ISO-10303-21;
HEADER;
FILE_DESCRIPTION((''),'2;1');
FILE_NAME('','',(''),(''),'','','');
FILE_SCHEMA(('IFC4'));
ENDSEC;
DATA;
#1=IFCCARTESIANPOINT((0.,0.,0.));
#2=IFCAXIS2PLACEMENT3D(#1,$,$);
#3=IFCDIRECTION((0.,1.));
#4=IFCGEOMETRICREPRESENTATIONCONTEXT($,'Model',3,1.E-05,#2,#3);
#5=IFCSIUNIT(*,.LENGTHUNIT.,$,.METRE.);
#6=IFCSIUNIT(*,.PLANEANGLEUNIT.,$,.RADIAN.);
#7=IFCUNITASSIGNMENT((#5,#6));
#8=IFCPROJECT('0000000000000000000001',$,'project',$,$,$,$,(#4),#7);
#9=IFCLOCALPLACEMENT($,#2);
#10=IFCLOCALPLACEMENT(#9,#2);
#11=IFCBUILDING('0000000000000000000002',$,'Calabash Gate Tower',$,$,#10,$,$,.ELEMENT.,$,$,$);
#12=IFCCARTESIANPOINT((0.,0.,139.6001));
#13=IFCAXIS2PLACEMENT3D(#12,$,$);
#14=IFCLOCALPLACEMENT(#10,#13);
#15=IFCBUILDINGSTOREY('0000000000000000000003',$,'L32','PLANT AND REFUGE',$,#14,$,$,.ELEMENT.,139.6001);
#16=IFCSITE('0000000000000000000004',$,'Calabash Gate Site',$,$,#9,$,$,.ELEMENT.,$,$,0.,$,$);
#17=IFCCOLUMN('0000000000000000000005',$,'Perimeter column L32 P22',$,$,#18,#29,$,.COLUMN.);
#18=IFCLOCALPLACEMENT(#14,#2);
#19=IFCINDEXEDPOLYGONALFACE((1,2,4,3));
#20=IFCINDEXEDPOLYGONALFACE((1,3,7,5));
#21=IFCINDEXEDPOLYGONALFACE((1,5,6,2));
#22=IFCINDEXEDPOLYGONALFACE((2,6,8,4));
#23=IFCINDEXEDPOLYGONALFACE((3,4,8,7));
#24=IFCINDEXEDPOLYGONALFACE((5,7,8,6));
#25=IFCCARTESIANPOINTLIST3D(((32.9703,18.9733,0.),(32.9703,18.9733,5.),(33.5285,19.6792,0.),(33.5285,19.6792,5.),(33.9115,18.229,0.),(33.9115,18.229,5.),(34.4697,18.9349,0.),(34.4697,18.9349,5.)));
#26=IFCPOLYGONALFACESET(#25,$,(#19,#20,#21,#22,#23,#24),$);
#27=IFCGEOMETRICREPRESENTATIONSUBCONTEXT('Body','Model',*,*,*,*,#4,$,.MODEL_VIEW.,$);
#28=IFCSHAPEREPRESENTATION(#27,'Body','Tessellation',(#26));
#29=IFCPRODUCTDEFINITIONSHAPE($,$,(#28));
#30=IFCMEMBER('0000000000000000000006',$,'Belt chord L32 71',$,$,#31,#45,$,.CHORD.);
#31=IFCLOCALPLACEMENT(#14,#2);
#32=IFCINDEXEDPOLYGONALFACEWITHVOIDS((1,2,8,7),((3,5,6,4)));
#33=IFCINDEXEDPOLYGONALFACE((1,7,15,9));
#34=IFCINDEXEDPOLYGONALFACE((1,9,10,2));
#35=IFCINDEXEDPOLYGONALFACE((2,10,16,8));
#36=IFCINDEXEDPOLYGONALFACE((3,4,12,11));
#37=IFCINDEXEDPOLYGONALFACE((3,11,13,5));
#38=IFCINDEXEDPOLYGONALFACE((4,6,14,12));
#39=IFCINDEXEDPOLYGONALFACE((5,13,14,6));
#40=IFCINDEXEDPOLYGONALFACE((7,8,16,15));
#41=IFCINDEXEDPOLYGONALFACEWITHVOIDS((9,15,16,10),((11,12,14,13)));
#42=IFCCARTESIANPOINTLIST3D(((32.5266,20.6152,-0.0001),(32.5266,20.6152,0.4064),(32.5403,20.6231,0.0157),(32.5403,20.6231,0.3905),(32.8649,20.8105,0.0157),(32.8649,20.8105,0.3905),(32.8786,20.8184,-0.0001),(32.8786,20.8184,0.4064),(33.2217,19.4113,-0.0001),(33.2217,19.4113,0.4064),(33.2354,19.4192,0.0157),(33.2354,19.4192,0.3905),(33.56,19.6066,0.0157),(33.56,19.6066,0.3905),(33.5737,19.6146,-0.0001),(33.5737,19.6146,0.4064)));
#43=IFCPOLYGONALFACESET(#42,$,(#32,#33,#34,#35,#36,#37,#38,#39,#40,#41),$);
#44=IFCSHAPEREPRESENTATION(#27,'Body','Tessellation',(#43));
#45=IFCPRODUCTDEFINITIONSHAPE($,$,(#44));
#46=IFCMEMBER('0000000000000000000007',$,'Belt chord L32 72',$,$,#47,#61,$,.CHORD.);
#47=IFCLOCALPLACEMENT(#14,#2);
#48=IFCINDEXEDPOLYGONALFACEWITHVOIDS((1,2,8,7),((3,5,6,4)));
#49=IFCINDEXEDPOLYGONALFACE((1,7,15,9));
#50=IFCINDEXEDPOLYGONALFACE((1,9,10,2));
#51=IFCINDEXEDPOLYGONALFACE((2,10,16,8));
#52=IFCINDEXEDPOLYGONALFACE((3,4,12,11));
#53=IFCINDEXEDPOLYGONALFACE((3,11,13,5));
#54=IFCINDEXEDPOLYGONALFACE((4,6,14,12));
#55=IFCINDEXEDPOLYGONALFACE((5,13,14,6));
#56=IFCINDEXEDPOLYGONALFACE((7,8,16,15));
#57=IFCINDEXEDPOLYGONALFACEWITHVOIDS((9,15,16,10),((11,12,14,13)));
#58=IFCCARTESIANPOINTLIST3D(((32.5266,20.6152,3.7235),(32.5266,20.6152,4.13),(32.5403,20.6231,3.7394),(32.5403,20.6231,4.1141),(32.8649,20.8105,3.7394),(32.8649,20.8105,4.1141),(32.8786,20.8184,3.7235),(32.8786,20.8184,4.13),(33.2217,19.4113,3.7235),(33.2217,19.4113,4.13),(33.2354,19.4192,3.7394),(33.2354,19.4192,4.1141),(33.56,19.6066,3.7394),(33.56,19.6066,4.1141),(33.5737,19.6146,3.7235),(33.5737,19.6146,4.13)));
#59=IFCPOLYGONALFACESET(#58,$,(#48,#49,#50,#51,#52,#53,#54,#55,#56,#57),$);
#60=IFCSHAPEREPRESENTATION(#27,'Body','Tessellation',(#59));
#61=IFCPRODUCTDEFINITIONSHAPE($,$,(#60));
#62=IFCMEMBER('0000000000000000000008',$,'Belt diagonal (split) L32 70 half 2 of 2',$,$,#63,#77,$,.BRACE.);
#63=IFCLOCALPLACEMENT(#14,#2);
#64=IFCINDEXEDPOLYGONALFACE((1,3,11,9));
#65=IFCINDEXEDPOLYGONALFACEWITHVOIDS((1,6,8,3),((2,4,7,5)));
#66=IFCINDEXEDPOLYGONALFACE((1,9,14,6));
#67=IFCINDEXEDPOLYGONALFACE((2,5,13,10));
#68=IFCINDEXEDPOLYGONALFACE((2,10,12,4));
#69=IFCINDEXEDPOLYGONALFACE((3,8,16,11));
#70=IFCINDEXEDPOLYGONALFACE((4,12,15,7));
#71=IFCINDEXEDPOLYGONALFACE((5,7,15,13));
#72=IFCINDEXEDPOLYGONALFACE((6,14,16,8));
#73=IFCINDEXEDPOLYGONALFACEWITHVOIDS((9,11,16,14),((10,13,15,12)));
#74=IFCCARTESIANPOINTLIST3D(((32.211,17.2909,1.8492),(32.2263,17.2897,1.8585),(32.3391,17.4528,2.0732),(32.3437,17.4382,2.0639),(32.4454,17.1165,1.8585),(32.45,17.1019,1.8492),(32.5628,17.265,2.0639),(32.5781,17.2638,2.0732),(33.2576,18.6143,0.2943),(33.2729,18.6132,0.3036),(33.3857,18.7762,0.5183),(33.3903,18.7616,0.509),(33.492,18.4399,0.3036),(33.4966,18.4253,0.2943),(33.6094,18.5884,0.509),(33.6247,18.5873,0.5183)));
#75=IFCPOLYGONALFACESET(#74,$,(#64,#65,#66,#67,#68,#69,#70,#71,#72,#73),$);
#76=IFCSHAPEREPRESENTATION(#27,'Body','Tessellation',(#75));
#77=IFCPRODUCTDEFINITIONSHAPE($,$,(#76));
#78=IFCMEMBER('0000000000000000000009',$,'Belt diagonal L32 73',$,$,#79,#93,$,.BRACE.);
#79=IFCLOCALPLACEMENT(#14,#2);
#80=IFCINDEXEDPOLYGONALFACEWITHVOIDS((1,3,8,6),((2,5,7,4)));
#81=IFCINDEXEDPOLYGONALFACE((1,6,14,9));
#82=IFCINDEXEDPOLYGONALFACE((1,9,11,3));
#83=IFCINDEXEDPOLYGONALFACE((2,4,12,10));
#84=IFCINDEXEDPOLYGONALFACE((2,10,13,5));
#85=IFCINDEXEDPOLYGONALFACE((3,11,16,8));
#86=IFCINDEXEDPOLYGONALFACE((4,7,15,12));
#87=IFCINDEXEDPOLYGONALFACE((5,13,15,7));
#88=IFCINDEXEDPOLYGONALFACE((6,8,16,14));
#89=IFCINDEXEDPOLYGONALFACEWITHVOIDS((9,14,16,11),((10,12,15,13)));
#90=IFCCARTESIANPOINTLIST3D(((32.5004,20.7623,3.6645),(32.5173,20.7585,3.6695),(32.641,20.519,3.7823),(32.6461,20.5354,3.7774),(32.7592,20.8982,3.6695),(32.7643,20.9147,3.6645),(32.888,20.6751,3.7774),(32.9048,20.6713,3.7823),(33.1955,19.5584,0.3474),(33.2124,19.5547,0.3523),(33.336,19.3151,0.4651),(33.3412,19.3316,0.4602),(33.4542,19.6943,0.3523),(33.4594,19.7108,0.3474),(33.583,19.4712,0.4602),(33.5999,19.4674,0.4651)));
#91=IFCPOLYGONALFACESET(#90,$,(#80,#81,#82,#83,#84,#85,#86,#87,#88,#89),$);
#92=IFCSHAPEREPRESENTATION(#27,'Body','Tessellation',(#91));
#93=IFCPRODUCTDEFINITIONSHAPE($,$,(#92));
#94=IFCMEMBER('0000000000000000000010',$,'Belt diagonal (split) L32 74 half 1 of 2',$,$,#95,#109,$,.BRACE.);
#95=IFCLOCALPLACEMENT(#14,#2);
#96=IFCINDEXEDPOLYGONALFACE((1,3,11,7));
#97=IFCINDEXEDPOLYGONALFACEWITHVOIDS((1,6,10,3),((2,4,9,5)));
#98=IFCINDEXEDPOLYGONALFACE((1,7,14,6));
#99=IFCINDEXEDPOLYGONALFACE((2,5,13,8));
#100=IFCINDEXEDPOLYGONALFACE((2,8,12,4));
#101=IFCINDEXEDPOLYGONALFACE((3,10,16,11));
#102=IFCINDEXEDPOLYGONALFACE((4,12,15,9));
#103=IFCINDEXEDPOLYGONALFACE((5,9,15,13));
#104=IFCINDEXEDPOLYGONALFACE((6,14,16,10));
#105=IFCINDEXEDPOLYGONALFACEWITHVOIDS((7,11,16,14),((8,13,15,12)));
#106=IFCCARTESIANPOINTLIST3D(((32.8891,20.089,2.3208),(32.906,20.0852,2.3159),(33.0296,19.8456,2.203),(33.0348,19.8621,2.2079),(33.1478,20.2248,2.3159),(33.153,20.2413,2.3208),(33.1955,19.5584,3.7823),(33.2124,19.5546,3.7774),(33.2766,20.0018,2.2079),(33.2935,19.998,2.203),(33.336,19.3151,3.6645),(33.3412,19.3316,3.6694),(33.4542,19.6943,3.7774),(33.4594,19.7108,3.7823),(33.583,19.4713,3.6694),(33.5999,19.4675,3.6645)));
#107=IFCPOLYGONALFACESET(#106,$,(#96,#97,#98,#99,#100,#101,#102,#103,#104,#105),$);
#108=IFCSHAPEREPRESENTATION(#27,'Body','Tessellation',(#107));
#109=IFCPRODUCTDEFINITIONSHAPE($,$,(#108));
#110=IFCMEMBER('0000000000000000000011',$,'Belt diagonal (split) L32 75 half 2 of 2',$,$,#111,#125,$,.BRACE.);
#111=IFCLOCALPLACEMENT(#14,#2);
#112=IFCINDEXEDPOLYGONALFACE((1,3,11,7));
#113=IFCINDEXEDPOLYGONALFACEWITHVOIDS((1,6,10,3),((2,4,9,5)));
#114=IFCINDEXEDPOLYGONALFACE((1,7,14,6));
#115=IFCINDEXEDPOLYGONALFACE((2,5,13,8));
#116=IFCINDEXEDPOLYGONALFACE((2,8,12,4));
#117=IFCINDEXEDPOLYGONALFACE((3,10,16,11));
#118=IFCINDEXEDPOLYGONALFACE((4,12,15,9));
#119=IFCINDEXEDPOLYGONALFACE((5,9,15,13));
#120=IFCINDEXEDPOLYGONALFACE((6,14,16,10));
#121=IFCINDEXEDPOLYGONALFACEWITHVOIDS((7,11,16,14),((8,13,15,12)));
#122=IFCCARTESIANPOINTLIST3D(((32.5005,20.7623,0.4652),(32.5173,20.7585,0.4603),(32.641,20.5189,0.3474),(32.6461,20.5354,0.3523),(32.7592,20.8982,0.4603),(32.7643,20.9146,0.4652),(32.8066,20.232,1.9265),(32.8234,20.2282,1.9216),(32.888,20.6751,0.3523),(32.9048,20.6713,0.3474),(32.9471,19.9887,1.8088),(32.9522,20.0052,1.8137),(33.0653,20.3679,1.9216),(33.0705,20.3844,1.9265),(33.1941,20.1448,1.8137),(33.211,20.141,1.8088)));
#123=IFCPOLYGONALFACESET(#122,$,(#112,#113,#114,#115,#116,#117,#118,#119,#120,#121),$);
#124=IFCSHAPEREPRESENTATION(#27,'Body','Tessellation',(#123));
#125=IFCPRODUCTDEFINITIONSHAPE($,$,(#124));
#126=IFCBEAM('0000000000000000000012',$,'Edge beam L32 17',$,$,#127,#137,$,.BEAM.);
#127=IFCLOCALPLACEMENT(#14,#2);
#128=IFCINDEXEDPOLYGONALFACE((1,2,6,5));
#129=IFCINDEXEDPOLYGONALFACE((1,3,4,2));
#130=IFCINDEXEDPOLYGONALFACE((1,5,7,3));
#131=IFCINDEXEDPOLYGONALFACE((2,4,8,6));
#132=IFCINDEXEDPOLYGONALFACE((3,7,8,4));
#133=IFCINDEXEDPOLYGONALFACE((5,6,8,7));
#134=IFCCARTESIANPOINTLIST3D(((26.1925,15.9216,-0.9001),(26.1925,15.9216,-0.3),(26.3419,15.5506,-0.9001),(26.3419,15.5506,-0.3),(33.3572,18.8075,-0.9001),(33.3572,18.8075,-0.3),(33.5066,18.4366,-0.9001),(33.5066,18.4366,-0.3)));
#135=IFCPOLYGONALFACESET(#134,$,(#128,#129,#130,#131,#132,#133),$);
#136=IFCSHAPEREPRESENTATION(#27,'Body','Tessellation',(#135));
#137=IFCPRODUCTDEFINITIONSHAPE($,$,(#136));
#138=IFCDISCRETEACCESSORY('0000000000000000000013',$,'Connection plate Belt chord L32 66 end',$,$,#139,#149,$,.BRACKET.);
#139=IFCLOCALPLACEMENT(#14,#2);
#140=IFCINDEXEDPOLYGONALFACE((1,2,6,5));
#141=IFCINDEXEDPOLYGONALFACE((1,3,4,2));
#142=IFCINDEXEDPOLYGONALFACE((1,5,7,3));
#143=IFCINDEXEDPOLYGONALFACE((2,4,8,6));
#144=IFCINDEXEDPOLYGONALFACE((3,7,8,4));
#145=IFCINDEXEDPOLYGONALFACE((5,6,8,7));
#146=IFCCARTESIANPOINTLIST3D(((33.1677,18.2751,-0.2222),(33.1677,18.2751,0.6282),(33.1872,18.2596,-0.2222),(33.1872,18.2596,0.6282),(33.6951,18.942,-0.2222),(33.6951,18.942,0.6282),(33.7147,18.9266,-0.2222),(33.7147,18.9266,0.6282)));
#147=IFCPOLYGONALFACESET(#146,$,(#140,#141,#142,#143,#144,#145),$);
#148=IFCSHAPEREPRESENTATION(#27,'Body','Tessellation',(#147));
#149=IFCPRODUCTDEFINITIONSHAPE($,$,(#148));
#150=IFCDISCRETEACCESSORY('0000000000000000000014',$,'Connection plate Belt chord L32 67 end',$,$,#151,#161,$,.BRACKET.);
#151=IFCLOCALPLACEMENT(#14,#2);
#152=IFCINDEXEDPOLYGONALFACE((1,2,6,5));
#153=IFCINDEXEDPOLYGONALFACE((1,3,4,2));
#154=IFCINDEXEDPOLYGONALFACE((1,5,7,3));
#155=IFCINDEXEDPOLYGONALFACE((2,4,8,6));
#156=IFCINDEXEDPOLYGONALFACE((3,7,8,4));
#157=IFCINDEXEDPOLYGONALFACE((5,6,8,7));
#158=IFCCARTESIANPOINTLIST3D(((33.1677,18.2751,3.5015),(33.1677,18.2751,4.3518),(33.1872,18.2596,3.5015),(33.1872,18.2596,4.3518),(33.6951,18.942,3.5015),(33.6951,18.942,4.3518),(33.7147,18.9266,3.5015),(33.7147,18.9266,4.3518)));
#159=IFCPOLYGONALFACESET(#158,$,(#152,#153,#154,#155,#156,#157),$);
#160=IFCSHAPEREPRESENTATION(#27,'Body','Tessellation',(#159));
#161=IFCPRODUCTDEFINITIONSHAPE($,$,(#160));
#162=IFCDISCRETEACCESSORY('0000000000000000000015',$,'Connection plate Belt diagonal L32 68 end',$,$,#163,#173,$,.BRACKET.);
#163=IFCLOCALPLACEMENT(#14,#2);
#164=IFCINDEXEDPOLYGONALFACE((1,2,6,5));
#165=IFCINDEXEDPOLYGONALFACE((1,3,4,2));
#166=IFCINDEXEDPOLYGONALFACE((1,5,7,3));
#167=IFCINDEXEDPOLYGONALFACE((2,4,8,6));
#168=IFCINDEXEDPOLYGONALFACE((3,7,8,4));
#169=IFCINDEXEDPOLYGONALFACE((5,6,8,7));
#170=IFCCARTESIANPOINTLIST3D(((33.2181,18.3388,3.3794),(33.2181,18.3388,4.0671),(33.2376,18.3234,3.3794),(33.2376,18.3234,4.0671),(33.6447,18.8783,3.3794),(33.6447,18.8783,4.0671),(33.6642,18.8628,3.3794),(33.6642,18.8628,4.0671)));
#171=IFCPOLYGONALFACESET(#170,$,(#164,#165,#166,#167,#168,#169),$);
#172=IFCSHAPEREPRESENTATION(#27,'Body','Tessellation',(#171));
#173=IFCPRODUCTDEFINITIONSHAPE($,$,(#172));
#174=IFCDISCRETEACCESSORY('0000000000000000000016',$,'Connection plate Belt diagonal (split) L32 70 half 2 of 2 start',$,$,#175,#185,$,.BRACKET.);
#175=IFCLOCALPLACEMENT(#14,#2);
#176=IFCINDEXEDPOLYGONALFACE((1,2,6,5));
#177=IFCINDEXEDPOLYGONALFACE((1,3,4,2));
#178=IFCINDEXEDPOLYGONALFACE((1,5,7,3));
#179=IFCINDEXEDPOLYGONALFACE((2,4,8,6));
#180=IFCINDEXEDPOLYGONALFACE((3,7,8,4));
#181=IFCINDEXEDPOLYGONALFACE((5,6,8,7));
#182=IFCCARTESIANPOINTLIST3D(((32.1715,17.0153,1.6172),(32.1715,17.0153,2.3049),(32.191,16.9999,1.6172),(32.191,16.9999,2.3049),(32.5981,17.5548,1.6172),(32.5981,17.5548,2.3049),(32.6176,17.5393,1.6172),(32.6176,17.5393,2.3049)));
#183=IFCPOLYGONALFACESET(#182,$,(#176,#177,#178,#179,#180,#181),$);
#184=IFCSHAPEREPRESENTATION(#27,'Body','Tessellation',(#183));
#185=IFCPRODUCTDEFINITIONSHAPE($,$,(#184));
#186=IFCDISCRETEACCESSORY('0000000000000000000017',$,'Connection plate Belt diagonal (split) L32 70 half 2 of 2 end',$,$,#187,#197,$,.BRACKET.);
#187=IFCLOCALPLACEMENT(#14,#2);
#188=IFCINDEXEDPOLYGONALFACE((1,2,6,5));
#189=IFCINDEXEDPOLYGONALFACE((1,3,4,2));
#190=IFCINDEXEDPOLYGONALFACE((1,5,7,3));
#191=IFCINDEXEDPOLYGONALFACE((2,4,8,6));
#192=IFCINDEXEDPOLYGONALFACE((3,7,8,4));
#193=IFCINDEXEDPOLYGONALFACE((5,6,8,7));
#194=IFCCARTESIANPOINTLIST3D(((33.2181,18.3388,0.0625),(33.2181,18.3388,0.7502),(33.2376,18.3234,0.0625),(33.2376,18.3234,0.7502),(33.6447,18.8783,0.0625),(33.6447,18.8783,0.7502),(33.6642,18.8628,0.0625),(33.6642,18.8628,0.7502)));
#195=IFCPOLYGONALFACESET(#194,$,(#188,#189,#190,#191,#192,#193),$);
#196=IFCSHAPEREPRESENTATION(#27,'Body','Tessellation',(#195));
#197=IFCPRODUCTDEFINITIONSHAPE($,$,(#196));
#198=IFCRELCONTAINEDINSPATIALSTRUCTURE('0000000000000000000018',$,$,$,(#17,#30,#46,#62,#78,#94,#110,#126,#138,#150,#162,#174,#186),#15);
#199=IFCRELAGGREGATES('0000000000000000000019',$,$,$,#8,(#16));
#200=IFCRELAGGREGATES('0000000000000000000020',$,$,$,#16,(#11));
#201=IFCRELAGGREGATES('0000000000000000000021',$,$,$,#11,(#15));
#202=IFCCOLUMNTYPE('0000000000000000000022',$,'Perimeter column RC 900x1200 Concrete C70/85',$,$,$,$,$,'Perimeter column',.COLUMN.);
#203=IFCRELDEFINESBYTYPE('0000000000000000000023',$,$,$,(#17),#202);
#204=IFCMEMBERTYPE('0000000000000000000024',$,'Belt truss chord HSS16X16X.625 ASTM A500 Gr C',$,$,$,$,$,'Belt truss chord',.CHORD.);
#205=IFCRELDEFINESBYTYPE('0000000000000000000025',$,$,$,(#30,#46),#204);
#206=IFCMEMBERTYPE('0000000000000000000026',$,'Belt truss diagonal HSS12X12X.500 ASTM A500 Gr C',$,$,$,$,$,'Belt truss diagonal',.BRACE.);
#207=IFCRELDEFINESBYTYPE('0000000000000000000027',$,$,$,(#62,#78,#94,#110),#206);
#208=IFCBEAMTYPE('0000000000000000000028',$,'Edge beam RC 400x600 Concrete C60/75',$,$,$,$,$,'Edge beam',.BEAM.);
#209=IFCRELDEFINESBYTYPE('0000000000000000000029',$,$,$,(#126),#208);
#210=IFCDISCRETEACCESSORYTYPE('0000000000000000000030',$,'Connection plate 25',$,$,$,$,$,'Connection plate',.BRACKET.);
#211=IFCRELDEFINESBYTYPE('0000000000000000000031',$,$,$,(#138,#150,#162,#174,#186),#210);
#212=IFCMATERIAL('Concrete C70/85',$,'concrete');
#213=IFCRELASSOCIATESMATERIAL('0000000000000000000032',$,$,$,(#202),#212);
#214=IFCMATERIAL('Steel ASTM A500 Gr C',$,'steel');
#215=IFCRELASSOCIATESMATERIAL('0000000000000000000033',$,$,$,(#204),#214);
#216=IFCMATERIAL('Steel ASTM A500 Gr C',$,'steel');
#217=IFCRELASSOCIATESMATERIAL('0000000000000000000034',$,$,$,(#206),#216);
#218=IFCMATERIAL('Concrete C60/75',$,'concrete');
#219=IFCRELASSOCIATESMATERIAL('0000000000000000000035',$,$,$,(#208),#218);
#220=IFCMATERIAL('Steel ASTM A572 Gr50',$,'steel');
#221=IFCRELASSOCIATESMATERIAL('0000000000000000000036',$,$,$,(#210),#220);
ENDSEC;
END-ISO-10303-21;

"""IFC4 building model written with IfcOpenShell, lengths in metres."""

from ifc_helpers import new_model, si_unit, direction, frame, origin, origin_2d, place, context, subcontext, project, spatial, rectangle, hollow_rectangle, extrude, material, material_profile, profile_set, type_object, element, save


model = new_model("IFC4")

# Units and contexts
model_context = context("Model", 3, precision=1e-05, world=origin(), true_north=direction((0.0, 1.0)))
body_context = subcontext(model_context, "Body", "Model", "MODEL_VIEW")
ifc_project = project(units=[si_unit("LENGTHUNIT", "METRE"), si_unit("PLANEANGLEUNIT", "RADIAN")], contexts=[model_context])

# Site, building, storey
site_placement = place(None, origin())
site = spatial("IfcSite", under=ifc_project, at=site_placement, Name="Calabash Gate Site", CompositionType="ELEMENT", RefElevation=0.0)
building_placement = place(site_placement, origin())
building = spatial("IfcBuilding", under=site, at=building_placement, Name="Calabash Gate Tower", CompositionType="ELEMENT")
storey_placement = place(building_placement, frame((0.0, 0.0, 139.6001)))
storey = spatial("IfcBuildingStorey", under=building, at=storey_placement, Name="L32", Description="PLANT AND REFUGE", CompositionType="ELEMENT", Elevation=139.6001)

# Column
ifc_material_1 = material(Name="Concrete C70/85", Category="concrete")
ifc_material_profile_1 = material_profile(ifc_material_1, rectangle(XDim=0.8999, YDim=1.2, at=origin_2d()))
ifc_profile_set_1 = profile_set([ifc_material_profile_1], Name="Concrete C70/85")
column_type = type_object("IfcColumnType", Name="Perimeter column RC 900x1200 Concrete C70/85", ElementType="Perimeter column", PredefinedType="COLUMN", material=ifc_profile_set_1)
column_placement = place(storey_placement, frame((33.72, 18.9541, 0.0), z_axis=(0.0, 0.0, 1.0), x_axis=(0.620301, 0.784364, 0.0)))
element("IfcColumn", 1, at=column_placement, inside=storey, type_object=column_type, Name="Perimeter column L32 P22", PredefinedType="COLUMN", context=body_context, shape_type="SweptSolid", body=[
    extrude(rectangle(XDim=0.8999, YDim=1.2, at=origin_2d()), origin(), (0.0, 0.0, 1.0), 5.0),
])

# Members
ifc_material_2 = material(Name="Steel ASTM A500 Gr C", Category="steel")
ifc_material_profile_2 = material_profile(ifc_material_2, hollow_rectangle(XDim=0.4065, YDim=0.4065, WallThickness=0.0159, at=origin_2d()))
ifc_profile_set_2 = profile_set([ifc_material_profile_2], Name="Steel ASTM A500 Gr C")
member_type_1 = type_object("IfcMemberType", Name="Belt truss chord HSS16X16X.625 ASTM A500 Gr C", ElementType="Belt truss chord", PredefinedType="CHORD", material=ifc_profile_set_2)
for number, where, z_axis, x_axis, name in (
    (2, (33.3977, 19.5129, 0.2031), (-0.500011, 0.866019, 0.0), (-0.866019, -0.500011, 0.0), "Belt chord L32 71"),
    (3, (33.3977, 19.5129, 3.9268), (-0.500011, 0.866019, 0.0), (-0.866019, -0.500011, 0.0), "Belt chord L32 72"),
):
    element("IfcMember", number, at=place(storey_placement, frame(where, z_axis=z_axis, x_axis=x_axis)), inside=storey, type_object=member_type_1, Name=name, PredefinedType="CHORD", context=body_context, shape_type="SweptSolid", body=[
        extrude(hollow_rectangle(XDim=0.4065, YDim=0.4065, WallThickness=0.0159, at=origin_2d()), origin(), (0.0, 0.0, 1.0), 1.3901),
    ])
ifc_material_3 = material(Name="Steel ASTM A500 Gr C", Category="steel")
ifc_material_profile_3 = material_profile(ifc_material_3, hollow_rectangle(XDim=0.3047, YDim=0.3047, WallThickness=0.0127, at=origin_2d()))
ifc_profile_set_3 = profile_set([ifc_material_profile_3], Name="Steel ASTM A500 Gr C")
member_type_2 = type_object("IfcMemberType", Name="Belt truss diagonal HSS12X12X.500 ASTM A500 Gr C", ElementType="Belt truss diagonal", PredefinedType="BRACE", material=ifc_profile_set_3)
member_1_placement = place(storey_placement, frame((32.3945, 17.2773, 1.9612), z_axis=(0.456142, 0.576801, -0.677669), x_axis=(-0.784371, 0.620291, 0.0)))
element("IfcMember", 4, at=member_1_placement, inside=storey, type_object=member_type_2, Name="Belt diagonal (split) L32 70 half 2 of 2", PredefinedType="BRACE", context=body_context, shape_type="SweptSolid", body=[
    extrude(hollow_rectangle(XDim=0.3047, YDim=0.3047, WallThickness=0.0127, at=origin_2d()), origin(), (0.0, 0.0, 1.0), 2.2944),
])
member_2_placement = place(storey_placement, frame((33.3977, 19.5129, 0.4062), z_axis=(-0.193255, 0.334717, 0.922289), x_axis=(-0.866019, -0.500011, 0.0)))
element("IfcMember", 5, at=member_2_placement, inside=storey, type_object=member_type_2, Name="Belt diagonal L32 73", PredefinedType="BRACE", context=body_context, shape_type="SweptSolid", body=[
    extrude(hollow_rectangle(XDim=0.3047, YDim=0.3047, WallThickness=0.0127, at=origin_2d()), origin(), (0.0, 0.0, 1.0), 3.5967),
])
member_3_placement = place(storey_placement, frame((33.3977, 19.5129, 3.7234), z_axis=(-0.193354, 0.334787, -0.922243), x_axis=(-0.865953, -0.500125, 0.0)))
element("IfcMember", 6, at=member_3_placement, inside=storey, type_object=member_type_2, Name="Belt diagonal (split) L32 74 half 1 of 2", PredefinedType="BRACE", context=body_context, shape_type="SweptSolid", body=[
    extrude(hollow_rectangle(XDim=0.3047, YDim=0.3047, WallThickness=0.0127, at=origin_2d()), origin(), (0.0, 0.0, 1.0), 1.5847),
])
member_4_placement = place(storey_placement, frame((33.0088, 20.1865, 1.8677), z_axis=(-0.193215, 0.33466, -0.922318), x_axis=(-0.866026, -0.499999, 0.0)))
element("IfcMember", 7, at=member_4_placement, inside=storey, type_object=member_type_2, Name="Belt diagonal (split) L32 75 half 2 of 2", PredefinedType="BRACE", context=body_context, shape_type="SweptSolid", body=[
    extrude(hollow_rectangle(XDim=0.3047, YDim=0.3047, WallThickness=0.0127, at=origin_2d()), origin(), (0.0, 0.0, 1.0), 1.5845),
])

# Beam
ifc_material_4 = material(Name="Concrete C60/75", Category="concrete")
ifc_material_profile_4 = material_profile(ifc_material_4, rectangle(XDim=0.3999, YDim=0.6001, at=origin_2d()))
ifc_profile_set_4 = profile_set([ifc_material_profile_4], Name="Concrete C60/75")
beam_type = type_object("IfcBeamType", Name="Edge beam RC 400x600 Concrete C60/75", ElementType="Edge beam", PredefinedType="BEAM", material=ifc_profile_set_4)
beam_placement = place(storey_placement, frame((33.4319, 18.6221, -0.6001), z_axis=(-0.927578, -0.373629, 0.0), x_axis=(0.373629, -0.927578, 0.0)))
element("IfcBeam", 8, at=beam_placement, inside=storey, type_object=beam_type, Name="Edge beam L32 17", PredefinedType="BEAM", context=body_context, shape_type="SweptSolid", body=[
    extrude(rectangle(XDim=0.3999, YDim=0.6001, at=origin_2d()), origin(), (0.0, 0.0, 1.0), 7.7241),
])

# Discrete accessories
ifc_material_5 = material(Name="Steel ASTM A572 Gr50", Category="steel")
discrete_accessory_type = type_object("IfcDiscreteAccessoryType", Name="Connection plate 25", ElementType="Connection plate", PredefinedType="BRACKET", material=ifc_material_5)
for number, where, z_axis, x_axis, name in (
    (9, (33.4412, 18.6008, -0.2222), (0.0, 0.0, 1.0), (0.620301, 0.784364, 0.0), "Connection plate Belt chord L32 66 end"),
    (10, (33.4412, 18.6008, 3.5015), (0.0, 0.0, 1.0), (0.620301, 0.784364, 0.0), "Connection plate Belt chord L32 67 end"),
):
    element("IfcDiscreteAccessory", number, at=place(storey_placement, frame(where, z_axis=z_axis, x_axis=x_axis)), inside=storey, type_object=discrete_accessory_type, Name=name, PredefinedType="BRACKET", context=body_context, shape_type="SweptSolid", body=[
        extrude(rectangle(XDim=0.8503, YDim=0.0249, at=origin_2d()), origin(), (0.0, 0.0, 1.0), 0.8503),
    ])
for number, where, z_axis, x_axis, name in (
    (11, (33.4412, 18.6008, 3.3794), (0.0, 0.0, 1.0), (0.620301, 0.784364, 0.0), "Connection plate Belt diagonal L32 68 end"),
    (12, (32.3945, 17.2773, 1.6172), (0.0, 0.0, 1.0), (0.620301, 0.784364, 0.0), "Connection plate Belt diagonal (split) L32 70 half 2 of 2 start"),
    (13, (33.4412, 18.6008, 0.0625), (0.0, 0.0, 1.0), (0.620301, 0.784364, 0.0), "Connection plate Belt diagonal (split) L32 70 half 2 of 2 end"),
):
    element("IfcDiscreteAccessory", number, at=place(storey_placement, frame(where, z_axis=z_axis, x_axis=x_axis)), inside=storey, type_object=discrete_accessory_type, Name=name, PredefinedType="BRACKET", context=body_context, shape_type="SweptSolid", body=[
        extrude(rectangle(XDim=0.6877, YDim=0.0249, at=origin_2d()), origin(), (0.0, 0.0, 1.0), 0.6877),
    ])

save(model, "model.ifc")
